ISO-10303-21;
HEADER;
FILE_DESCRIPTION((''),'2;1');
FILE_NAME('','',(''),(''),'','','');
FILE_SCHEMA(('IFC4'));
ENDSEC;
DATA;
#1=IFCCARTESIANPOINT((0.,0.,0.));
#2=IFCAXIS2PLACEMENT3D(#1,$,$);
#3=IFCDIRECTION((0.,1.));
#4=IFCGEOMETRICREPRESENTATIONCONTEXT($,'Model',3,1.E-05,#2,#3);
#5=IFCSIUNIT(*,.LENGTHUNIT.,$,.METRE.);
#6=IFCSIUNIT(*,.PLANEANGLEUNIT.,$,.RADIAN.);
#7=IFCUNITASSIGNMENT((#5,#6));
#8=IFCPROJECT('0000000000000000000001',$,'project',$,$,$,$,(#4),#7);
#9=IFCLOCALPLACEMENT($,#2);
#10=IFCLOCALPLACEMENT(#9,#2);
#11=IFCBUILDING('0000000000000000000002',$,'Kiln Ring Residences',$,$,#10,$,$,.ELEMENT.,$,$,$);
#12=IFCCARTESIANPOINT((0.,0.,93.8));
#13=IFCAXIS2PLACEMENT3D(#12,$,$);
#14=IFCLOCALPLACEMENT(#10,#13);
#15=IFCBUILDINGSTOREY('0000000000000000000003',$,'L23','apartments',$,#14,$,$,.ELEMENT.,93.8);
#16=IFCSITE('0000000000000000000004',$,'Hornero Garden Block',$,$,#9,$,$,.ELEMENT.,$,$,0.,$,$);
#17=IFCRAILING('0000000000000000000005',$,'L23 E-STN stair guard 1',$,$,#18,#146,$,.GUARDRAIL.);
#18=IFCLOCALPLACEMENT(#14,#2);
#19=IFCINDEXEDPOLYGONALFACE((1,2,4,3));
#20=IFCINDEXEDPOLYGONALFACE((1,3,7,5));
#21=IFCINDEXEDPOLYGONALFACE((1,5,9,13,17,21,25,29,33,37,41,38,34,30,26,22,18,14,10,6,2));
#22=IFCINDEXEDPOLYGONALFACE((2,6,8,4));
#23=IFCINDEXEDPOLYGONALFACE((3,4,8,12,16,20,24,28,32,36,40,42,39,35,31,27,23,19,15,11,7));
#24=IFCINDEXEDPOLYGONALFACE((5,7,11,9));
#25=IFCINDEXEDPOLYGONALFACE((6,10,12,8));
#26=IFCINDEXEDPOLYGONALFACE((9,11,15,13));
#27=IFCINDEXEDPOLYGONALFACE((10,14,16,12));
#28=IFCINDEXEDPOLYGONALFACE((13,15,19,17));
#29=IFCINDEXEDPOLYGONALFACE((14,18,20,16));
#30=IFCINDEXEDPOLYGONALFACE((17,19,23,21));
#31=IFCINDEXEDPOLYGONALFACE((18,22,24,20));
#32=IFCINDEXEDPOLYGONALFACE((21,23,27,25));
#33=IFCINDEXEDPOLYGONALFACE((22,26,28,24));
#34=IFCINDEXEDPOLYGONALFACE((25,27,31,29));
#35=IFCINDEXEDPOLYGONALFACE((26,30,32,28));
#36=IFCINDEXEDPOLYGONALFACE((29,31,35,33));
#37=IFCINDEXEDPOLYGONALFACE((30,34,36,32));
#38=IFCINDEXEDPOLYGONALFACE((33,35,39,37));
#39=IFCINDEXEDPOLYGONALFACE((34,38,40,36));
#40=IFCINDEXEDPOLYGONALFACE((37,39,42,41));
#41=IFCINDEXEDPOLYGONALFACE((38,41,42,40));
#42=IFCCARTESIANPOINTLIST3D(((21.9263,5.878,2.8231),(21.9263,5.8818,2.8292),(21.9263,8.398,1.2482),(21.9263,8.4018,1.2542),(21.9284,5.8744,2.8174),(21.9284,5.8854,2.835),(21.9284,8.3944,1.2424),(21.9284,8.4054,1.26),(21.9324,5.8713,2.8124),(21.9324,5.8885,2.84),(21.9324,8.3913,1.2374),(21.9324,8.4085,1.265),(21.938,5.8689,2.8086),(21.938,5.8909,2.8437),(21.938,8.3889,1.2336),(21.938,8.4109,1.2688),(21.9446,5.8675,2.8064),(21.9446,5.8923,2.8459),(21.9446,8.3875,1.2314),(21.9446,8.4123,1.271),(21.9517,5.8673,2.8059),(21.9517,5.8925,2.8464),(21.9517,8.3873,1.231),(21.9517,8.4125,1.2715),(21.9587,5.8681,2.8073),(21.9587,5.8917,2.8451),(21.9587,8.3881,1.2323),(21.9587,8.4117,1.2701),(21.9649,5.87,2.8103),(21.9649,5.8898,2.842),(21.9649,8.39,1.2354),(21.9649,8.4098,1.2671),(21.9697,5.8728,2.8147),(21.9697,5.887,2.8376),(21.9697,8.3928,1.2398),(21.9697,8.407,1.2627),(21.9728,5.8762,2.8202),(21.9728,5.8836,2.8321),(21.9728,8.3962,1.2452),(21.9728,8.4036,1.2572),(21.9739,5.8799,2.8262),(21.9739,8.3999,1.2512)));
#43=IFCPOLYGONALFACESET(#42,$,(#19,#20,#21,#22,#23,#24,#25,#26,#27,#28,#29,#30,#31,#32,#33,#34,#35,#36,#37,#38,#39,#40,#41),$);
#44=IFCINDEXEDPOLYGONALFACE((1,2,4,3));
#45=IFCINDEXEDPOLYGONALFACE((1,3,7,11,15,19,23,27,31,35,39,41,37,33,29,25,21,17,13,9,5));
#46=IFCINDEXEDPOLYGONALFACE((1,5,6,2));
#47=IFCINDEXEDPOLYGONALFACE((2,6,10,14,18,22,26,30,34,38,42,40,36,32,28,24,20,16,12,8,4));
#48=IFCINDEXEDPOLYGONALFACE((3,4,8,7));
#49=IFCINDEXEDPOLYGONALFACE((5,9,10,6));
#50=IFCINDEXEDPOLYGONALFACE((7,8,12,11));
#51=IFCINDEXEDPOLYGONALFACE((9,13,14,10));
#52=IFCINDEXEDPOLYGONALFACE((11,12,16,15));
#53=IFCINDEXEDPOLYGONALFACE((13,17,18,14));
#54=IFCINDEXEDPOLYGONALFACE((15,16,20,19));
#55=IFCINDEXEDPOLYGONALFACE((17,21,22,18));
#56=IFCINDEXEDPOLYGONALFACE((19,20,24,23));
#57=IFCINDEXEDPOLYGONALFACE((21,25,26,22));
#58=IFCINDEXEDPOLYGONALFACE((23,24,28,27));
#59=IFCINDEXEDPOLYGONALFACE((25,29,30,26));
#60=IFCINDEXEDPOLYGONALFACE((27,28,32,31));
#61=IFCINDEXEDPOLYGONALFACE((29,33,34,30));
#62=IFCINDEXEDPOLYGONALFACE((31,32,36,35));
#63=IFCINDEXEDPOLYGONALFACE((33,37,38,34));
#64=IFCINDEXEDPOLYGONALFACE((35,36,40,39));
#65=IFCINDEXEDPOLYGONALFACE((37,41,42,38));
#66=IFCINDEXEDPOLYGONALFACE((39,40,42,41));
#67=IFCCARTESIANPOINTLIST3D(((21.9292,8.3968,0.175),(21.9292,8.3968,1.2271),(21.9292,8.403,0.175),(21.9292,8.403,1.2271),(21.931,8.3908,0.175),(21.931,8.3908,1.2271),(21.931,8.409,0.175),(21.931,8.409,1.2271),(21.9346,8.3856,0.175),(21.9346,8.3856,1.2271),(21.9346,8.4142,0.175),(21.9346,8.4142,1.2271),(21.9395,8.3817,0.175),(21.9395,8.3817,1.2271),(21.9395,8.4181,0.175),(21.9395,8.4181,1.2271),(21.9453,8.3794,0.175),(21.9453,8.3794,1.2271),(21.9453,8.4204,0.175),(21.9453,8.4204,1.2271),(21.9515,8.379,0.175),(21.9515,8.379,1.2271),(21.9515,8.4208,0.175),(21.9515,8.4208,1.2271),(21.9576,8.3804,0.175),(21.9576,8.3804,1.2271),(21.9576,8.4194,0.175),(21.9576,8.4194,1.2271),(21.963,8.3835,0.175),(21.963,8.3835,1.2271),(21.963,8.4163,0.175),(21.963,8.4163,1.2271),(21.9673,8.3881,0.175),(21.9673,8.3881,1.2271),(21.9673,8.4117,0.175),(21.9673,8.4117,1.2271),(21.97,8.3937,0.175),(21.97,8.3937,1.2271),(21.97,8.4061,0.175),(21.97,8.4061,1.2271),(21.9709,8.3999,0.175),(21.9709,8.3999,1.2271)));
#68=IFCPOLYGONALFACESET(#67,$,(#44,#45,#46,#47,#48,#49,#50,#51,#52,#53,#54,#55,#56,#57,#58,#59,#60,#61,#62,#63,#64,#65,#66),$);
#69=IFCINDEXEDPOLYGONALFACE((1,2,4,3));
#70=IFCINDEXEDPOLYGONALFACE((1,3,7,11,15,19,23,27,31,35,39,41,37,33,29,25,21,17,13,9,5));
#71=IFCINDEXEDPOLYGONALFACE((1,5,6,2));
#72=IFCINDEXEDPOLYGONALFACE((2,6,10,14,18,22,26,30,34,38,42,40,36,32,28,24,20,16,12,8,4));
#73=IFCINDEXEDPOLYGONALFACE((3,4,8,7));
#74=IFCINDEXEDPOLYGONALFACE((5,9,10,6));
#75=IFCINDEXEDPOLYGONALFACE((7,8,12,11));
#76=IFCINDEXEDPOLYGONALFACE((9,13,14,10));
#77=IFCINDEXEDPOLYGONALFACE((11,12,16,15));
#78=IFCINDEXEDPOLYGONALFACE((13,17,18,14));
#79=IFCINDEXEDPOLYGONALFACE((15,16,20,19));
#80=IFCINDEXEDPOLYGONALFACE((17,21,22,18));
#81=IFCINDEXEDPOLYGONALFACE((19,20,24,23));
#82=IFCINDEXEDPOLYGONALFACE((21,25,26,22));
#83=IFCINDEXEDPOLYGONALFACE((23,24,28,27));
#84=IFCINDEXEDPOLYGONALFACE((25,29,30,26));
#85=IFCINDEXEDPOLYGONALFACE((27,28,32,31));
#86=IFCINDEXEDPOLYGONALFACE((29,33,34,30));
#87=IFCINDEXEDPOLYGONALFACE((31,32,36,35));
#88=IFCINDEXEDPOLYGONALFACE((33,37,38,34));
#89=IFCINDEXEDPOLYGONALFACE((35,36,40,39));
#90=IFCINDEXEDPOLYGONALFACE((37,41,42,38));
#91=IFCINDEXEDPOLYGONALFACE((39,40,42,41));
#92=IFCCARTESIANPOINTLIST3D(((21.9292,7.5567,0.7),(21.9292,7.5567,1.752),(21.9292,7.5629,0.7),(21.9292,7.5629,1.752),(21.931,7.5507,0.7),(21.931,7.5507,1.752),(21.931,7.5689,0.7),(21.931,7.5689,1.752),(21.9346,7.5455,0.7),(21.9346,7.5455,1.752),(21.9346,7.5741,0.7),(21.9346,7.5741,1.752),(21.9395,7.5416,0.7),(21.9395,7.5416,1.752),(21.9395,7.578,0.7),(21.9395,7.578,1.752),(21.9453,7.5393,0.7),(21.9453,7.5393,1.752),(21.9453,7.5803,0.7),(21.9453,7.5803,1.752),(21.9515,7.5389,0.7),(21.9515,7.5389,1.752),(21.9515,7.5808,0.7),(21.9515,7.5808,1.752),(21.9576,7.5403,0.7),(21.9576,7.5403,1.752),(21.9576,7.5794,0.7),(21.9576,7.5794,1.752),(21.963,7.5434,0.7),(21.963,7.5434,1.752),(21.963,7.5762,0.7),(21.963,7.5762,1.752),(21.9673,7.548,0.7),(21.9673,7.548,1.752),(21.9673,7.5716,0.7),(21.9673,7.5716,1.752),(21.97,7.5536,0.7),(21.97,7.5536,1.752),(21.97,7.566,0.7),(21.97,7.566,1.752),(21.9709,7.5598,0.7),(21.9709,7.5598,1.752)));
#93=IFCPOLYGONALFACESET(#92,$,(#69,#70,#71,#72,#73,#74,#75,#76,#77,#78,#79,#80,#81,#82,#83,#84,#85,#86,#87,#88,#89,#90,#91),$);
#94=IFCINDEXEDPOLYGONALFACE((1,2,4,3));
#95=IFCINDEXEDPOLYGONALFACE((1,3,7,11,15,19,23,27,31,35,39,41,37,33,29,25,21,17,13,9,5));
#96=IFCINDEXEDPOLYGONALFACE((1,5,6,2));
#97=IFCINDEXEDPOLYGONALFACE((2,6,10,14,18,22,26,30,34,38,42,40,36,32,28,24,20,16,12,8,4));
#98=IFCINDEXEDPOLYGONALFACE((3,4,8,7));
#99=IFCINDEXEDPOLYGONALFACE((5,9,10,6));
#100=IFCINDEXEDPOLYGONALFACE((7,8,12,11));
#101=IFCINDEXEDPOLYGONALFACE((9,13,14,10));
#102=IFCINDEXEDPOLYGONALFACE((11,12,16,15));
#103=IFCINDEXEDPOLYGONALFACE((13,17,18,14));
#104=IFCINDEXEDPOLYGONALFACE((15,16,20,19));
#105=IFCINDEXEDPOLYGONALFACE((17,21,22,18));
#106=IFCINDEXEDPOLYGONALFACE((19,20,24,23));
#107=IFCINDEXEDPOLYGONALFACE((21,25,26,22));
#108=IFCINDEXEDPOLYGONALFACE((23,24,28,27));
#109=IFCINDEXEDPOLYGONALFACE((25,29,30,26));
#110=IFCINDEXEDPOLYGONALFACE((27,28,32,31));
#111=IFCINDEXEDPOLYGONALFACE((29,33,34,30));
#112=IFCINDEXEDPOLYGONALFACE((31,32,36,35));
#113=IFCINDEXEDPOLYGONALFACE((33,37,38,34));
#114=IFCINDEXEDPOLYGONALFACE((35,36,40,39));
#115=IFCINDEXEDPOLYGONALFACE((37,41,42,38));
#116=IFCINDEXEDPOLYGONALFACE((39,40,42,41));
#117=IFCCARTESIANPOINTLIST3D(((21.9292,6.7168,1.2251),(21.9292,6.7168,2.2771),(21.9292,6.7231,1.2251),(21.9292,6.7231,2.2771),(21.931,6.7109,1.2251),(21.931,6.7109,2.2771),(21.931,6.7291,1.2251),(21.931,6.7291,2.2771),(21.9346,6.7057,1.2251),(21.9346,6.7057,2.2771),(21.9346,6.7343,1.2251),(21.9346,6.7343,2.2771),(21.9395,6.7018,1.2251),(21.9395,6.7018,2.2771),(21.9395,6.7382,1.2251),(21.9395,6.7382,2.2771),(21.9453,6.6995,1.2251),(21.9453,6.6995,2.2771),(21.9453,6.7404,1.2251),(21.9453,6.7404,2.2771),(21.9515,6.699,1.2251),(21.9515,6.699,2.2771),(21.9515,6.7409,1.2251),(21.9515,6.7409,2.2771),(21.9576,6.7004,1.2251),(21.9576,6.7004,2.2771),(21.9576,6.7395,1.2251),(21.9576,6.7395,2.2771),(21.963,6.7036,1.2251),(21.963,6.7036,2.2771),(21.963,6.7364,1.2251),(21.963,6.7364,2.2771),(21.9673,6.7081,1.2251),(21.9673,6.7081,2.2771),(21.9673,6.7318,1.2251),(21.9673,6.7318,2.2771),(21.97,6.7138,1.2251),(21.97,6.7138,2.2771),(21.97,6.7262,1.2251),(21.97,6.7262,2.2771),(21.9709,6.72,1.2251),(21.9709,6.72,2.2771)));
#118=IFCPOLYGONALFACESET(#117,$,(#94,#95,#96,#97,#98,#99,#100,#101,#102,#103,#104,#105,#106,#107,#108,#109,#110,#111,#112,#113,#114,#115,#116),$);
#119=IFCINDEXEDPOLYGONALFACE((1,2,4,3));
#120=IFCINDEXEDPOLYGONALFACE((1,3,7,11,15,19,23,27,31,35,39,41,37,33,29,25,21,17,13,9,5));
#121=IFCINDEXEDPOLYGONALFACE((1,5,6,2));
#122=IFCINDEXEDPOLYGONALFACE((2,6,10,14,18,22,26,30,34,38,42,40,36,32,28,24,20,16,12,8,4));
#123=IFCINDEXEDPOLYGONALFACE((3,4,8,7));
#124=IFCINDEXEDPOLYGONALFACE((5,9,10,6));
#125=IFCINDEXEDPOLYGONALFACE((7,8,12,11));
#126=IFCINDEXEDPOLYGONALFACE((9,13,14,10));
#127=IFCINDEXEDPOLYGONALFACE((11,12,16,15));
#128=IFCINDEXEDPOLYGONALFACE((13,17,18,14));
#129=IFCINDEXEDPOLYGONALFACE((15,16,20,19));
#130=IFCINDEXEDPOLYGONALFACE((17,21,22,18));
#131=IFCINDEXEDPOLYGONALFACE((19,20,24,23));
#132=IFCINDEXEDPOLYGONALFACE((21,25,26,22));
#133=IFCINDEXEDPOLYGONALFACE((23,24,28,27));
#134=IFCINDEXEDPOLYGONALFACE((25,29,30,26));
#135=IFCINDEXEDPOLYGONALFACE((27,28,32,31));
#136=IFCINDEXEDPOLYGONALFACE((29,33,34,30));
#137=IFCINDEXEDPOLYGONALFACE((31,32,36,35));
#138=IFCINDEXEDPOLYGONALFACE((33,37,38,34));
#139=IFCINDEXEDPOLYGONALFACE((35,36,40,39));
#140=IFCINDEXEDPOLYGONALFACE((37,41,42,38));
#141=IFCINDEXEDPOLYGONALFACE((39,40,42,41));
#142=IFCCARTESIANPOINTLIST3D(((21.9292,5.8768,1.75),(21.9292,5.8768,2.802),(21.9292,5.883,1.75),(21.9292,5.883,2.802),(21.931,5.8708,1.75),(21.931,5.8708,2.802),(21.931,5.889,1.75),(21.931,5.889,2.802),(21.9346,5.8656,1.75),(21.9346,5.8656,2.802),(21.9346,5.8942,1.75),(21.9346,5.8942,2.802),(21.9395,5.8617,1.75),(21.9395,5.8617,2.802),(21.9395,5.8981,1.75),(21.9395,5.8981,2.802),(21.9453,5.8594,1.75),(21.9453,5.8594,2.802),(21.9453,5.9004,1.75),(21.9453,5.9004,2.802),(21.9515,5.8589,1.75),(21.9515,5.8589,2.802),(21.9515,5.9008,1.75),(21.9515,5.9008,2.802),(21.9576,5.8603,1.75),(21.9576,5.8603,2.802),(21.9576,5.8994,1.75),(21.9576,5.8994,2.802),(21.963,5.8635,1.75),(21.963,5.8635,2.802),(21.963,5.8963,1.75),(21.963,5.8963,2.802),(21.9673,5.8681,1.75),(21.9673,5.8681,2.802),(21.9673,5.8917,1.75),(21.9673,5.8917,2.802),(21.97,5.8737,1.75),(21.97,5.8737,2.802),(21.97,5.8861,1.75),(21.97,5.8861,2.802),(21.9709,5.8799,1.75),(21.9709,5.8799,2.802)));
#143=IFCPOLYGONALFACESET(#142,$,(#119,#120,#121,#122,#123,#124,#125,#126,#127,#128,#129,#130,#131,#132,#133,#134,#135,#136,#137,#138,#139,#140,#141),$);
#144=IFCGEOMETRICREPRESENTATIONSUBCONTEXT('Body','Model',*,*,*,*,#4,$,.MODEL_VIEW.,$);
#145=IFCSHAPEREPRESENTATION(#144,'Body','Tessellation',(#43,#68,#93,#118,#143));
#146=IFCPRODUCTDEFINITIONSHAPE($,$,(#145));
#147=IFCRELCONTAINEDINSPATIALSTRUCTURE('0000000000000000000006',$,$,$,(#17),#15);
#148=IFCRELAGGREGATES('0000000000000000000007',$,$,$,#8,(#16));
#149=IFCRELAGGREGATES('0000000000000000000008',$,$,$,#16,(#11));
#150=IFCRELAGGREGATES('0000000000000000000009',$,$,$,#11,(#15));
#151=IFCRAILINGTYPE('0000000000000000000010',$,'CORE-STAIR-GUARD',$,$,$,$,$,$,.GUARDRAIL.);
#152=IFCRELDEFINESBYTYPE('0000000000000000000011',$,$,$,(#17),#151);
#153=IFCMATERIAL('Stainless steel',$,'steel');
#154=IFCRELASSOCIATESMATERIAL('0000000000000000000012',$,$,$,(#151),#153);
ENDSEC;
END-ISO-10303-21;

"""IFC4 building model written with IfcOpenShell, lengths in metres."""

from ifc_helpers import new_model, si_unit, direction, frame, origin, origin_2d, place, context, subcontext, project, spatial, circle, extrude, material, type_object, element, save


model = new_model("IFC4")

# Units and contexts
model_context = context("Model", 3, precision=1e-05, world=origin(), true_north=direction((0.0, 1.0)))
body_context = subcontext(model_context, "Body", "Model", "MODEL_VIEW")
ifc_project = project(units=[si_unit("LENGTHUNIT", "METRE"), si_unit("PLANEANGLEUNIT", "RADIAN")], contexts=[model_context])

# Site, building, storey
site_placement = place(None, origin())
site = spatial("IfcSite", under=ifc_project, at=site_placement, Name="Hornero Garden Block", CompositionType="ELEMENT", RefElevation=0.0)
building_placement = place(site_placement, origin())
building = spatial("IfcBuilding", under=site, at=building_placement, Name="Kiln Ring Residences", CompositionType="ELEMENT")
storey_placement = place(building_placement, frame((0.0, 0.0, 93.8)))
storey = spatial("IfcBuildingStorey", under=building, at=storey_placement, Name="L23", Description="apartments", CompositionType="ELEMENT", Elevation=93.8)

# Railing
ifc_material_1 = material(Name="Stainless steel", Category="steel")
railing_type_1 = type_object("IfcRailingType", Name="CORE-STAIR-GUARD", PredefinedType="GUARDRAIL", material=ifc_material_1)
railing_1_placement = place(storey_placement, frame((21.95, 8.3999, 0.175)))
element("IfcRailing", 1, at=railing_1_placement, inside=storey, type_object=railing_type_1, Name="L23 E-STN stair guard 1", PredefinedType="GUARDRAIL", context=body_context, shape_type="SweptSolid", body=[
    extrude(circle(Radius=0.0239, at=origin_2d()), frame((0.0, 0.0, 1.0762), z_axis=(0.0, -0.848008, 0.529984), x_axis=(1.0, 0.0, 0.0)), (0.0, 0.0, 1.0), 2.9717),
    extrude(circle(Radius=0.021, at=origin_2d()), origin(), (0.0, 0.0, 1.0), 1.052),
    extrude(circle(Radius=0.021, at=origin_2d()), frame((0.0, -0.8401, 0.5249)), (0.0, 0.0, 1.0), 1.052),
    extrude(circle(Radius=0.021, at=origin_2d()), frame((0.0, -1.6799, 1.05)), (0.0, 0.0, 1.0), 1.052),
    extrude(circle(Radius=0.021, at=origin_2d()), frame((0.0, -2.52, 1.575)), (0.0, 0.0, 1.0), 1.052),
])

save(model, "model.ifc")
